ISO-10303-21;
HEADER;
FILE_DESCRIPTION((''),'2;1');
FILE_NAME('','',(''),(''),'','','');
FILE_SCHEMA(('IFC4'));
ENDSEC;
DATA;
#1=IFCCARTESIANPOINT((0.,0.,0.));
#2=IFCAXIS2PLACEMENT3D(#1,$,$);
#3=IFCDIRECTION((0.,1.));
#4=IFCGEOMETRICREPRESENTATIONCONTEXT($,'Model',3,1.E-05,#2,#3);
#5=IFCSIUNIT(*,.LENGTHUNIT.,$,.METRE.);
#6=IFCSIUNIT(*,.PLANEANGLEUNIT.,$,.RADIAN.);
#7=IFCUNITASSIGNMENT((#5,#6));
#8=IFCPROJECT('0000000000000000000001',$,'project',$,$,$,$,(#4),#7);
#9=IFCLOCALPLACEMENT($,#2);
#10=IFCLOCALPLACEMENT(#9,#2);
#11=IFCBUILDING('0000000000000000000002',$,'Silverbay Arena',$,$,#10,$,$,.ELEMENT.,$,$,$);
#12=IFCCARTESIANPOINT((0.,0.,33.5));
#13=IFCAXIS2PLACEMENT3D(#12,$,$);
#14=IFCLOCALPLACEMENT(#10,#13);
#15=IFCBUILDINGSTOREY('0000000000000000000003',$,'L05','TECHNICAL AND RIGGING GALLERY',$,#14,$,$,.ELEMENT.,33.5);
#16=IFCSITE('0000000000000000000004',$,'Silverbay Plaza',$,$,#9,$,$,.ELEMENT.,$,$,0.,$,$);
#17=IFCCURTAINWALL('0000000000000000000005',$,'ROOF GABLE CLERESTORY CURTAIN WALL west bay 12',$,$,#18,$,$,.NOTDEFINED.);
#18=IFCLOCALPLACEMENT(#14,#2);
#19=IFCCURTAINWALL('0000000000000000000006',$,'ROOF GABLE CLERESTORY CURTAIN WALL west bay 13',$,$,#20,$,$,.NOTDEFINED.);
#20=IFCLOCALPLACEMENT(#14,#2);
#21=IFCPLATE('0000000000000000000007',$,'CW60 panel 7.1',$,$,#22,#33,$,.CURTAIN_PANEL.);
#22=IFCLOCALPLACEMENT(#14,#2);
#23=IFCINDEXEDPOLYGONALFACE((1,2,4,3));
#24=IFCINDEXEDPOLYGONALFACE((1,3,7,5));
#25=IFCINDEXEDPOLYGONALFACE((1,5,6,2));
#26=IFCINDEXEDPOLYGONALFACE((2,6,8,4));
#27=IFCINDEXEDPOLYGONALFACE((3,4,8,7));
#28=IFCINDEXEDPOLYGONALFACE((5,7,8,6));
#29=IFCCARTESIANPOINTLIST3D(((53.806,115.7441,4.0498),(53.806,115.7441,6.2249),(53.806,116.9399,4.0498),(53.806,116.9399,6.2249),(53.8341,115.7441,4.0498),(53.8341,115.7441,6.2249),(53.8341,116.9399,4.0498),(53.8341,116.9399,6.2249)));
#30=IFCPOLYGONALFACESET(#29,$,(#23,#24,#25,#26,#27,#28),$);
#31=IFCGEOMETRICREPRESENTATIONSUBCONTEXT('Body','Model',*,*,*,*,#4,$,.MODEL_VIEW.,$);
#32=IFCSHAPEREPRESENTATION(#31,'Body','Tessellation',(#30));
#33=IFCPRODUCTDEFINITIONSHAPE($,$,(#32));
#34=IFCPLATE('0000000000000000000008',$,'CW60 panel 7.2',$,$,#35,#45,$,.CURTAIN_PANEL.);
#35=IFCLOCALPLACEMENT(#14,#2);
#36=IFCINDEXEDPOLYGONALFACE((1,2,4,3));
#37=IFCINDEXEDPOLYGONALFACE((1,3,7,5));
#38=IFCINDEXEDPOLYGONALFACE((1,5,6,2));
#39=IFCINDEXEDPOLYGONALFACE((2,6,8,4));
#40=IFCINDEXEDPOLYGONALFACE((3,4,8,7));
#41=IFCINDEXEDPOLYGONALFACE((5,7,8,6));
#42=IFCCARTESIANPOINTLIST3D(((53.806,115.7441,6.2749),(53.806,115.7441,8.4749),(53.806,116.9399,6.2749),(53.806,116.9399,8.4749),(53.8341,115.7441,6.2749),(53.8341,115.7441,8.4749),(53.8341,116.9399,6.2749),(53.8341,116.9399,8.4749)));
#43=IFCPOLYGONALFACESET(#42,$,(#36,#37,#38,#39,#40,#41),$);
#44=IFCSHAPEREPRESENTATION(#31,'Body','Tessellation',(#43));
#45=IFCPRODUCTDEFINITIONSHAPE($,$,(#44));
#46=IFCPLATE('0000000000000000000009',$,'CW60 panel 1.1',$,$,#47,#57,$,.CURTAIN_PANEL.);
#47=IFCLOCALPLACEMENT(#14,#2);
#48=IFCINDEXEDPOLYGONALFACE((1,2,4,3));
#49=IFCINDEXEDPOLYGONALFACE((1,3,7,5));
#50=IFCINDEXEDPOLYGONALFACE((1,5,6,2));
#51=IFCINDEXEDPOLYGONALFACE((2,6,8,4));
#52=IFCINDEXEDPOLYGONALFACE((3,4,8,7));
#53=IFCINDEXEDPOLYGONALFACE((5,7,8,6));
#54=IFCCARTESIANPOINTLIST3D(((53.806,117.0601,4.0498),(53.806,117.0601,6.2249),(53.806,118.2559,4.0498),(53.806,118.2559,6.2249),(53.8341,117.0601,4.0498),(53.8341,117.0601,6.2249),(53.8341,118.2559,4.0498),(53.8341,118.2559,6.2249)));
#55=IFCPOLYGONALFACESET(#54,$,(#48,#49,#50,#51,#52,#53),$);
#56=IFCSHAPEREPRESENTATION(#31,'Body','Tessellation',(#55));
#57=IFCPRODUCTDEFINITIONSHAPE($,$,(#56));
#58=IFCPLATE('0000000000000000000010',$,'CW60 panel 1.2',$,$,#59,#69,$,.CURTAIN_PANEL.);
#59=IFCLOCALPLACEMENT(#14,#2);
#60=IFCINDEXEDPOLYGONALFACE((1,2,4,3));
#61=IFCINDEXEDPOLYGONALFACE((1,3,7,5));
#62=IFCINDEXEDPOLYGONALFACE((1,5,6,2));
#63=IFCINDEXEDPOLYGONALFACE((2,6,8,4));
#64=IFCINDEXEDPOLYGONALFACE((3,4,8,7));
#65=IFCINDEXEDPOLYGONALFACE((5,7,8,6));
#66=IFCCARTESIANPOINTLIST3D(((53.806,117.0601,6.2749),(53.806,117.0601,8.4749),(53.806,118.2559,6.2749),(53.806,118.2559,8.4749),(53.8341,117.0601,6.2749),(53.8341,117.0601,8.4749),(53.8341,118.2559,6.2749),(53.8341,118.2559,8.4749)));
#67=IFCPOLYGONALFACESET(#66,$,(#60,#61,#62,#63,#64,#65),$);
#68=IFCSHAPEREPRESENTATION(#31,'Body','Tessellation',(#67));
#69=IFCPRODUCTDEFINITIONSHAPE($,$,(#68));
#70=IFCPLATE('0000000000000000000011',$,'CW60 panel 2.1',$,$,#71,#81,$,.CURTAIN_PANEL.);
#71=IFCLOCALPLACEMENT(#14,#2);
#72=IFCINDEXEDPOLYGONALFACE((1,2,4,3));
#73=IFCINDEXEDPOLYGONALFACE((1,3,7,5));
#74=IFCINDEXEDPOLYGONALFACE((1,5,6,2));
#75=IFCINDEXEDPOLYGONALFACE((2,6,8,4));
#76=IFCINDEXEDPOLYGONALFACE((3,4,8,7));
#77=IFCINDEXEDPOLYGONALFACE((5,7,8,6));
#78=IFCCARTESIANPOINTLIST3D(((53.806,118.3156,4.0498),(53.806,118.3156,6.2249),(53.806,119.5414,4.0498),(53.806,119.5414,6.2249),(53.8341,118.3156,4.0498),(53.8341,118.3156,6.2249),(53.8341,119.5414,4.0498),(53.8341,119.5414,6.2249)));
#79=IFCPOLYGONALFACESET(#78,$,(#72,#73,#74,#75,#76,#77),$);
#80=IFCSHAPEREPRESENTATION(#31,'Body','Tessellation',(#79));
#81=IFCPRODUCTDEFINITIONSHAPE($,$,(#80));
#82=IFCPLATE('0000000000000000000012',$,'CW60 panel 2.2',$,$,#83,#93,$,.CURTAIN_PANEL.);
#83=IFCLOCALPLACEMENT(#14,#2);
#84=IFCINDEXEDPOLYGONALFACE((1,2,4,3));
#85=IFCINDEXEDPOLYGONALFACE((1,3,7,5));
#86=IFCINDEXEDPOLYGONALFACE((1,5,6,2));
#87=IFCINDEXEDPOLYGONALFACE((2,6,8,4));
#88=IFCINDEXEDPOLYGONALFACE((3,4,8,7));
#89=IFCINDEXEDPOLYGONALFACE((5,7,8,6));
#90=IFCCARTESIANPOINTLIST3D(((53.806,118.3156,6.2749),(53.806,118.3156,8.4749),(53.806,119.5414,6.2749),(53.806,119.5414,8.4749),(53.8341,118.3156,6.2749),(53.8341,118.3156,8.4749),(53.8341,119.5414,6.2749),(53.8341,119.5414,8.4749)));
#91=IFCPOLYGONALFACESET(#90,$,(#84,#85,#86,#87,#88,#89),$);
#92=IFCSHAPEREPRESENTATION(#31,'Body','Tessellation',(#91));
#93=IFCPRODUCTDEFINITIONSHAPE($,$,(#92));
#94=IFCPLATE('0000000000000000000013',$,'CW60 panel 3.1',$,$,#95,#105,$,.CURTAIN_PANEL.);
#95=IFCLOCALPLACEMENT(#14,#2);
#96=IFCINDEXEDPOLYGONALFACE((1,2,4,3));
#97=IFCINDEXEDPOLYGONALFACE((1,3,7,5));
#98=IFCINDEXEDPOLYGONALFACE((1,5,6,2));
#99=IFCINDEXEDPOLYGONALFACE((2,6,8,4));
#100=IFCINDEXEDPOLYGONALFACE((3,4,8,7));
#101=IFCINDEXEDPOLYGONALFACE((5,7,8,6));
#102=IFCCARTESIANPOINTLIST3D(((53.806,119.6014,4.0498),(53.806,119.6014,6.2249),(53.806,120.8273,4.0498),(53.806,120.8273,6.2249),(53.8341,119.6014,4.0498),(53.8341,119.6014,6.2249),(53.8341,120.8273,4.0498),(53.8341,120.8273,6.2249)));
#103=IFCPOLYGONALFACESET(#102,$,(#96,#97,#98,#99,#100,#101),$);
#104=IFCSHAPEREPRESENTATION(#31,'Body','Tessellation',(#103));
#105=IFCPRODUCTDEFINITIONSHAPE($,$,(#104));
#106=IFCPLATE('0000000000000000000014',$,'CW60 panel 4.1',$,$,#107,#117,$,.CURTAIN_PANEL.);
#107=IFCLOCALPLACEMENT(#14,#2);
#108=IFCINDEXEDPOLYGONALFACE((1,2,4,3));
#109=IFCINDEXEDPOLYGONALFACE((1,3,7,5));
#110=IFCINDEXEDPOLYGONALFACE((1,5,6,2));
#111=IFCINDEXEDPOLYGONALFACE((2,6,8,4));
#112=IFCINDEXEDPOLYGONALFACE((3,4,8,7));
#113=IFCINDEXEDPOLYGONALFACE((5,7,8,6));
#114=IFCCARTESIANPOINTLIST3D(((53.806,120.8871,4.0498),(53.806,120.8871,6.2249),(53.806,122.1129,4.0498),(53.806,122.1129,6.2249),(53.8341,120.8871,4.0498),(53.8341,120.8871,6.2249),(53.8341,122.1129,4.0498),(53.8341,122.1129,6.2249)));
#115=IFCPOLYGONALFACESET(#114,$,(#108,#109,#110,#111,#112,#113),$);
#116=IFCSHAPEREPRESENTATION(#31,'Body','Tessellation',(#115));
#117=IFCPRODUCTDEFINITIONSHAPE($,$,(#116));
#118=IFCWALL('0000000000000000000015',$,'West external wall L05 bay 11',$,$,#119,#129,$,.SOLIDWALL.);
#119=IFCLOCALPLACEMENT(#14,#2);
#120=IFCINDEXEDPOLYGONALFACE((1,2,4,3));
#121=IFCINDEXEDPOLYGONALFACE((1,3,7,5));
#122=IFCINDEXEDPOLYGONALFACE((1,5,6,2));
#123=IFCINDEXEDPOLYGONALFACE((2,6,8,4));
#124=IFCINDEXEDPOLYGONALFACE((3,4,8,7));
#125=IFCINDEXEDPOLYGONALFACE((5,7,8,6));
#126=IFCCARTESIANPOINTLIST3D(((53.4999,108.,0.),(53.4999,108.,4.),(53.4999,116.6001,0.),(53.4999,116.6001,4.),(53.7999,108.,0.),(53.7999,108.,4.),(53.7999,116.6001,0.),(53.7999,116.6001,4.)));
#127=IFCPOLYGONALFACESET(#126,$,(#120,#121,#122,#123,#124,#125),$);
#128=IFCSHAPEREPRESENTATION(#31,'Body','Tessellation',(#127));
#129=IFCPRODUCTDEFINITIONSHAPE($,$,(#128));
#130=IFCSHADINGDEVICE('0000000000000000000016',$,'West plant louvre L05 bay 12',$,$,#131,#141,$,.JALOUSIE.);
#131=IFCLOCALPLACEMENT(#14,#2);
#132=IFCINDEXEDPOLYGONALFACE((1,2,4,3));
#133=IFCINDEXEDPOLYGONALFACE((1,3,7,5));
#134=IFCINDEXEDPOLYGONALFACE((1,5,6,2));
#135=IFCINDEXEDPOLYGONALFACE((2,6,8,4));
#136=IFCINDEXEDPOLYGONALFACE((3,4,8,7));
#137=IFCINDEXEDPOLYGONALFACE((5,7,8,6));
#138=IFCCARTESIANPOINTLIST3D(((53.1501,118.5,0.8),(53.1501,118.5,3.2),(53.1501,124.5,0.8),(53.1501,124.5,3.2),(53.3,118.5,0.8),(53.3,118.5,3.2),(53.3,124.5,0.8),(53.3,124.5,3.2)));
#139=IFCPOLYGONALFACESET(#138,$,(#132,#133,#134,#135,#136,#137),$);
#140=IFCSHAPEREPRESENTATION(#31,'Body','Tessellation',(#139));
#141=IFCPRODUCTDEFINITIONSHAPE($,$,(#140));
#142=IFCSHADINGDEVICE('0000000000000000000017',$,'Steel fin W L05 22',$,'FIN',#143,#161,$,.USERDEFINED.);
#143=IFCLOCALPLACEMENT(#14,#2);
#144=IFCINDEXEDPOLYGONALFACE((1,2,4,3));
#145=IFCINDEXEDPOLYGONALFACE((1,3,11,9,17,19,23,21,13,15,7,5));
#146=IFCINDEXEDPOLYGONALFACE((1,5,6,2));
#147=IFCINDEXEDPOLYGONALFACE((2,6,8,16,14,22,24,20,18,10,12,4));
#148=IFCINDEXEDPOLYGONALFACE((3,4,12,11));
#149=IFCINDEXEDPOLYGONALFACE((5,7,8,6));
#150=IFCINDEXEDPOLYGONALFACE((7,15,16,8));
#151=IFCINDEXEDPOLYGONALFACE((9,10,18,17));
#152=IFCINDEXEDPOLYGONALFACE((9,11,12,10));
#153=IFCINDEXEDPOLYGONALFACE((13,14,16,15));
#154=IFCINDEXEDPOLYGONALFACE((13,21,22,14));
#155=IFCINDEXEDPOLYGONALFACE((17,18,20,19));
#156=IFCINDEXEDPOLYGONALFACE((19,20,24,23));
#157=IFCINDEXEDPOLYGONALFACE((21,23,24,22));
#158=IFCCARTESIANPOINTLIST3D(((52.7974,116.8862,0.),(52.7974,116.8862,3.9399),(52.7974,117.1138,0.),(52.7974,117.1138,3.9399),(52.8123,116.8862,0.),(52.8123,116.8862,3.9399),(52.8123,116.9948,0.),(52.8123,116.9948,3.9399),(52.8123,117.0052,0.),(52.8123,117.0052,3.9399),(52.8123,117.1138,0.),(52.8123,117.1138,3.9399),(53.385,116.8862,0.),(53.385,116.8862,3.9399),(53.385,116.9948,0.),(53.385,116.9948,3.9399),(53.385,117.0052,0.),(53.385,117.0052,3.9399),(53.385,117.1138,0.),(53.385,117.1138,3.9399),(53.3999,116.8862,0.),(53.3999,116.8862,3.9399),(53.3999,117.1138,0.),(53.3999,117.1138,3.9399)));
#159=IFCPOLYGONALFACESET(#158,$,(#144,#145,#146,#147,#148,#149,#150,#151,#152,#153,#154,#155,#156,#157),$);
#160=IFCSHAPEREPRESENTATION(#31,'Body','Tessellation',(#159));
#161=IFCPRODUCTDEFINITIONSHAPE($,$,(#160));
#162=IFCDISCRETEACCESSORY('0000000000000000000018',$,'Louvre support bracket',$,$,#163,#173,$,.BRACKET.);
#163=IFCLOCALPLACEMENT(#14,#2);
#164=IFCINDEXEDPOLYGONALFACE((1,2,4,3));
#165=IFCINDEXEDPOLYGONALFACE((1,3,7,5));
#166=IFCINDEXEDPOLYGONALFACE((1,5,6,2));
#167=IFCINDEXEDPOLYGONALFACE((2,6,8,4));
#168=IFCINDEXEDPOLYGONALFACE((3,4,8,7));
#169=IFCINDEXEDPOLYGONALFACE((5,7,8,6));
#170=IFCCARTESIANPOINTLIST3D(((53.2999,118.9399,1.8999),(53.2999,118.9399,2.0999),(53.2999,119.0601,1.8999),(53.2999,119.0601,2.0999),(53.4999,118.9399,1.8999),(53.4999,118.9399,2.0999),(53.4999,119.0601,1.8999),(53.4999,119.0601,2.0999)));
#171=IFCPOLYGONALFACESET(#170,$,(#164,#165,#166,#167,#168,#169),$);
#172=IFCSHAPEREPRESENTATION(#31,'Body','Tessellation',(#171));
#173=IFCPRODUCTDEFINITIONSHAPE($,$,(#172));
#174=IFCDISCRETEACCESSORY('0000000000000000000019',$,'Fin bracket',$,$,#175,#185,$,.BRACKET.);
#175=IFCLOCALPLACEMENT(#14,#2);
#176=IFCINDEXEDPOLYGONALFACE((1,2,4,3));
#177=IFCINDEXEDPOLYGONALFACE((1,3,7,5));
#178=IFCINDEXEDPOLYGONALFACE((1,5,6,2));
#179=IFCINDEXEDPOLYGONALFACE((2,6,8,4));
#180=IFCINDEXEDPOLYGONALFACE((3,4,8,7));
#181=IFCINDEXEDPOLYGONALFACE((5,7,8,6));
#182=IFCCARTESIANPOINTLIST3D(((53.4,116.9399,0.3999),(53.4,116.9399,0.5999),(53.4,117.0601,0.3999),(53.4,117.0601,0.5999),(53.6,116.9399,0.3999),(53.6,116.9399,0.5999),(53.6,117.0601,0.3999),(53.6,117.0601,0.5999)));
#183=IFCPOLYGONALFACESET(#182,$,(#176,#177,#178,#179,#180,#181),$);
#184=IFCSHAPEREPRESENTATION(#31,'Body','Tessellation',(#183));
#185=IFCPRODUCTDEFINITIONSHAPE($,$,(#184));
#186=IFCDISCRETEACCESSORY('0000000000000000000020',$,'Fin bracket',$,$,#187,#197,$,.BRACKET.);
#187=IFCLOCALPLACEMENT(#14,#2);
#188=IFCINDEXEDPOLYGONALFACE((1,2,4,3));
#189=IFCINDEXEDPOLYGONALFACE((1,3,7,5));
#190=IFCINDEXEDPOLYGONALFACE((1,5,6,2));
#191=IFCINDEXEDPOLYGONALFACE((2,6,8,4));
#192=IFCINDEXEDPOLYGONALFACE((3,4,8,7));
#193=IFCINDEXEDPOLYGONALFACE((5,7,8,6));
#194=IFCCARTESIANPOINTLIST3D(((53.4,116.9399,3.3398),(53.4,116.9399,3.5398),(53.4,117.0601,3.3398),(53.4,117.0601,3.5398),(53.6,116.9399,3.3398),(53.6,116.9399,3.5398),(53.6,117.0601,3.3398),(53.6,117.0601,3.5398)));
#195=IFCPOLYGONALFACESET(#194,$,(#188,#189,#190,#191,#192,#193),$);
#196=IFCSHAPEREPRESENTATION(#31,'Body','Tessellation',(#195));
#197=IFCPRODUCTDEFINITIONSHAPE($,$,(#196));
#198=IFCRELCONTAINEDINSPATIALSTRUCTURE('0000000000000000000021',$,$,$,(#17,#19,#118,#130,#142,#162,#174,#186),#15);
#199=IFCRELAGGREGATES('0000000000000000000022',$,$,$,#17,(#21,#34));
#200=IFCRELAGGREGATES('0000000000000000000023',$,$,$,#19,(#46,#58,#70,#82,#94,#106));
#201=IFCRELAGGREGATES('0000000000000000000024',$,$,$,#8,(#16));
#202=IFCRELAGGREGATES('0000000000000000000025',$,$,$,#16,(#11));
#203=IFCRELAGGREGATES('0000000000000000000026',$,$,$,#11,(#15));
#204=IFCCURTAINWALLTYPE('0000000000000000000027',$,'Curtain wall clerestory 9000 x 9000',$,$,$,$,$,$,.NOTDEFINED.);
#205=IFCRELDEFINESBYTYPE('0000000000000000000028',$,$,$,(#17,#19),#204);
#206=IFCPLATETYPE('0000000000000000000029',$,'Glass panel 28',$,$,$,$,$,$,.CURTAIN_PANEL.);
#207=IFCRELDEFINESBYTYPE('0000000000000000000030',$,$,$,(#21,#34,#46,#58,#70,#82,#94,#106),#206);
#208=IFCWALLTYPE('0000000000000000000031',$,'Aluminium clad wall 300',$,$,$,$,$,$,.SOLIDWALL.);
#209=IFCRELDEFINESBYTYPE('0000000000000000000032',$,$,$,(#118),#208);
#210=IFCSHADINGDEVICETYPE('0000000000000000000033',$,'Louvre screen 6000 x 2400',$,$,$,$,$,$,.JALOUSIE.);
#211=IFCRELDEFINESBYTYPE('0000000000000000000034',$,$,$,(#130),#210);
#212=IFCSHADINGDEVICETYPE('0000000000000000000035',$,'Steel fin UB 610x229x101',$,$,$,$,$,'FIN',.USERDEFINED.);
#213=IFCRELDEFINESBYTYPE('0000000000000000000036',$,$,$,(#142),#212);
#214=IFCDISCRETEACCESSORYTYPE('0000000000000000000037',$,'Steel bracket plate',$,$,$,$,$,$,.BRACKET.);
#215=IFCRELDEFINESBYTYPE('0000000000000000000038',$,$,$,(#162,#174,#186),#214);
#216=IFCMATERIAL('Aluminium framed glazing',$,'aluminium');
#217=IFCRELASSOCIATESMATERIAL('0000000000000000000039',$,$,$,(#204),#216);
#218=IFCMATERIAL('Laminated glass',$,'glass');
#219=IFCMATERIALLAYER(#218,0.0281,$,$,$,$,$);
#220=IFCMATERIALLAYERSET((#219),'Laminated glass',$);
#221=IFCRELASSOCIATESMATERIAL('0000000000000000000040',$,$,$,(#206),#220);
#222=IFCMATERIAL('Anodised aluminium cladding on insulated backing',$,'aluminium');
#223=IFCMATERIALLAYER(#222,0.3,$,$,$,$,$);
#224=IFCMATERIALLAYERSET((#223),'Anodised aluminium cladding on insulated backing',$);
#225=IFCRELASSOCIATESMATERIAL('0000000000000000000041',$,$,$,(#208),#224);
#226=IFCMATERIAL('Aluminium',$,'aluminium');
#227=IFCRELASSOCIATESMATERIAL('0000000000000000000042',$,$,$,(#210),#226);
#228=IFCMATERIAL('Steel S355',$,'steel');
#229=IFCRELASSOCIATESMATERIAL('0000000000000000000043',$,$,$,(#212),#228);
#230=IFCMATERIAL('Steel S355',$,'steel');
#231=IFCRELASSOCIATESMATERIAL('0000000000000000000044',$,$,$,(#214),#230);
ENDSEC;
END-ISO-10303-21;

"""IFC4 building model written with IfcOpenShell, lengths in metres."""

from ifc_helpers import new_model, si_unit, direction, frame, frame_2d, origin, origin_2d, place, context, subcontext, project, spatial, rectangle, i_section, extrude, material, layer, layer_set, material_profile, profile_set, type_object, element, aggregate, save


model = new_model("IFC4")

# Units and contexts
model_context = context("Model", 3, precision=1e-05, world=origin(), true_north=direction((0.0, 1.0)))
body_context = subcontext(model_context, "Body", "Model", "MODEL_VIEW")
ifc_project = project(units=[si_unit("LENGTHUNIT", "METRE"), si_unit("PLANEANGLEUNIT", "RADIAN")], contexts=[model_context])

# Site, building, storey
site_placement = place(None, origin())
site = spatial("IfcSite", under=ifc_project, at=site_placement, Name="Silverbay Plaza", CompositionType="ELEMENT", RefElevation=0.0)
building_placement = place(site_placement, origin())
building = spatial("IfcBuilding", under=site, at=building_placement, Name="Silverbay Arena", CompositionType="ELEMENT")
storey_placement = place(building_placement, frame((0.0, 0.0, 33.5)))
storey = spatial("IfcBuildingStorey", under=building, at=storey_placement, Name="L05", Description="TECHNICAL AND RIGGING GALLERY", CompositionType="ELEMENT", Elevation=33.5)

# Curtain wall
ifc_material_1 = material(Name="Aluminium framed glazing", Category="aluminium")
curtain_wall_type = type_object("IfcCurtainWallType", Name="Curtain wall clerestory 9000 x 9000", PredefinedType="NOTDEFINED", material=ifc_material_1)
curtain_wall_1_placement = place(storey_placement, origin())
curtain_wall_1 = element("IfcCurtainWall", 1, at=curtain_wall_1_placement, inside=storey, type_object=curtain_wall_type, Name="ROOF GABLE CLERESTORY CURTAIN WALL west bay 12", PredefinedType="NOTDEFINED")

# Curtain wall
curtain_wall_2_placement = place(storey_placement, origin())
curtain_wall_2 = element("IfcCurtainWall", 2, at=curtain_wall_2_placement, inside=storey, type_object=curtain_wall_type, Name="ROOF GABLE CLERESTORY CURTAIN WALL west bay 13", PredefinedType="NOTDEFINED")

# Plates
ifc_material_2 = material(Name="Laminated glass", Category="glass")
ifc_layer_1 = layer(ifc_material_2, 0.0281)
ifc_layer_set_1 = layer_set([ifc_layer_1], Name="Laminated glass")
plate_type = type_object("IfcPlateType", Name="Glass panel 28", PredefinedType="CURTAIN_PANEL", material=ifc_layer_set_1)
plate_1_placement = place(storey_placement, frame((53.8201, 116.342, 4.0498), z_axis=(0.0, 0.0, 1.0), x_axis=(0.0, 1.0, 0.0)))
plate_1 = element("IfcPlate", 3, at=plate_1_placement, type_object=plate_type, Name="CW60 panel 7.1", PredefinedType="CURTAIN_PANEL", context=body_context, shape_type="SweptSolid", body=[
    extrude(rectangle(XDim=1.1958, YDim=0.0281, at=origin_2d()), origin(), (0.0, 0.0, 1.0), 2.175),
])
plate_2_placement = place(storey_placement, frame((53.8201, 116.342, 6.2749), z_axis=(0.0, 0.0, 1.0), x_axis=(0.0, 1.0, 0.0)))
plate_2 = element("IfcPlate", 4, at=plate_2_placement, type_object=plate_type, Name="CW60 panel 7.2", PredefinedType="CURTAIN_PANEL", context=body_context, shape_type="SweptSolid", body=[
    extrude(rectangle(XDim=1.1958, YDim=0.0281, at=origin_2d()), origin(), (0.0, 0.0, 1.0), 2.2),
])
aggregate(curtain_wall_1, [plate_1, plate_2])
plate_3_placement = place(storey_placement, frame((53.8201, 117.658, 4.0498), z_axis=(0.0, 0.0, 1.0), x_axis=(0.0, 1.0, 0.0)))
plate_3 = element("IfcPlate", 5, at=plate_3_placement, type_object=plate_type, Name="CW60 panel 1.1", PredefinedType="CURTAIN_PANEL", context=body_context, shape_type="SweptSolid", body=[
    extrude(rectangle(XDim=1.1958, YDim=0.0281, at=origin_2d()), origin(), (0.0, 0.0, 1.0), 2.175),
])
plate_4_placement = place(storey_placement, frame((53.8201, 117.658, 6.2749), z_axis=(0.0, 0.0, 1.0), x_axis=(0.0, 1.0, 0.0)))
plate_4 = element("IfcPlate", 6, at=plate_4_placement, type_object=plate_type, Name="CW60 panel 1.2", PredefinedType="CURTAIN_PANEL", context=body_context, shape_type="SweptSolid", body=[
    extrude(rectangle(XDim=1.1958, YDim=0.0281, at=origin_2d()), origin(), (0.0, 0.0, 1.0), 2.2),
])
plate_5_placement = place(storey_placement, frame((53.8201, 118.9285, 4.0498), z_axis=(0.0, 0.0, 1.0), x_axis=(0.0, 1.0, 0.0)))
plate_5 = element("IfcPlate", 7, at=plate_5_placement, type_object=plate_type, Name="CW60 panel 2.1", PredefinedType="CURTAIN_PANEL", context=body_context, shape_type="SweptSolid", body=[
    extrude(rectangle(XDim=1.2258, YDim=0.0281, at=origin_2d()), origin(), (0.0, 0.0, 1.0), 2.175),
])
plate_6_placement = place(storey_placement, frame((53.8201, 118.9285, 6.2749), z_axis=(0.0, 0.0, 1.0), x_axis=(0.0, 1.0, 0.0)))
plate_6 = element("IfcPlate", 8, at=plate_6_placement, type_object=plate_type, Name="CW60 panel 2.2", PredefinedType="CURTAIN_PANEL", context=body_context, shape_type="SweptSolid", body=[
    extrude(rectangle(XDim=1.2258, YDim=0.0281, at=origin_2d()), origin(), (0.0, 0.0, 1.0), 2.2),
])
plate_7_placement = place(storey_placement, frame((53.8201, 120.2144, 4.0498), z_axis=(0.0, 0.0, 1.0), x_axis=(0.0, 1.0, 0.0)))
plate_7 = element("IfcPlate", 9, at=plate_7_placement, type_object=plate_type, Name="CW60 panel 3.1", PredefinedType="CURTAIN_PANEL", context=body_context, shape_type="SweptSolid", body=[
    extrude(rectangle(XDim=1.2258, YDim=0.0281, at=origin_2d()), origin(), (0.0, 0.0, 1.0), 2.175),
])
plate_8_placement = place(storey_placement, frame((53.8201, 121.5, 4.0498), z_axis=(0.0, 0.0, 1.0), x_axis=(0.0, 1.0, 0.0)))
plate_8 = element("IfcPlate", 10, at=plate_8_placement, type_object=plate_type, Name="CW60 panel 4.1", PredefinedType="CURTAIN_PANEL", context=body_context, shape_type="SweptSolid", body=[
    extrude(rectangle(XDim=1.2258, YDim=0.0281, at=origin_2d()), origin(), (0.0, 0.0, 1.0), 2.175),
])
aggregate(curtain_wall_2, [plate_3, plate_4, plate_5, plate_6, plate_7, plate_8])

# Wall
ifc_material_3 = material(Name="Anodised aluminium cladding on insulated backing", Category="aluminium")
ifc_layer_2 = layer(ifc_material_3, 0.3)
ifc_layer_set_2 = layer_set([ifc_layer_2], Name="Anodised aluminium cladding on insulated backing")
wall_type = type_object("IfcWallType", Name="Aluminium clad wall 300", PredefinedType="SOLIDWALL", material=ifc_layer_set_2)
wall_placement = place(storey_placement, frame((53.6499, 116.6001, 0.0), z_axis=(0.0, 0.0, 1.0), x_axis=(0.0, -1.0, 0.0)))
element("IfcWall", 11, at=wall_placement, inside=storey, type_object=wall_type, Name="West external wall L05 bay 11", PredefinedType="SOLIDWALL", context=body_context, shape_type="SweptSolid", body=[
    extrude(rectangle(XDim=8.6001, YDim=0.3, at=frame_2d((4.3, 0.0))), origin(), (0.0, 0.0, 1.0), 4.0),
])

# Shading devices
ifc_material_4 = material(Name="Aluminium", Category="aluminium")
shading_device_type_1 = type_object("IfcShadingDeviceType", Name="Louvre screen 6000 x 2400", PredefinedType="JALOUSIE", material=ifc_material_4)
shading_device_1_placement = place(storey_placement, frame((53.2251, 121.5, 0.8), z_axis=(0.0, 0.0, 1.0), x_axis=(0.0, 1.0, 0.0)))
element("IfcShadingDevice", 12, at=shading_device_1_placement, inside=storey, type_object=shading_device_type_1, Name="West plant louvre L05 bay 12", PredefinedType="JALOUSIE", context=body_context, shape_type="SweptSolid", body=[
    extrude(rectangle(XDim=6.0, YDim=0.1499, at=origin_2d()), origin(), (0.0, 0.0, 1.0), 2.3999),
])
ifc_material_5 = material(Name="Steel S355", Category="steel")
ifc_material_profile_1 = material_profile(ifc_material_5, i_section(OverallWidth=0.2275, OverallDepth=0.6025, WebThickness=0.0105, FlangeThickness=0.0149, at=origin_2d()), Name="UB 610x229x101")
ifc_profile_set_1 = profile_set([ifc_material_profile_1], Name="Steel S355")
shading_device_type_2 = type_object("IfcShadingDeviceType", Name="Steel fin UB 610x229x101", ElementType="FIN", PredefinedType="USERDEFINED", material=ifc_profile_set_1)
shading_device_2_placement = place(storey_placement, frame((53.0986, 117.0, 0.0), z_axis=(0.0, 0.0, 1.0), x_axis=(0.0, 1.0, 0.0)))
element("IfcShadingDevice", 13, at=shading_device_2_placement, inside=storey, type_object=shading_device_type_2, Name="Steel fin W L05 22", ObjectType="FIN", PredefinedType="USERDEFINED", context=body_context, shape_type="SweptSolid", body=[
    extrude(i_section(OverallWidth=0.2275, OverallDepth=0.6025, WebThickness=0.0105, FlangeThickness=0.0149, at=origin_2d()), origin(), (0.0, 0.0, 1.0), 3.9399),
])

# Discrete accessories
ifc_material_6 = material(Name="Steel S355", Category="steel")
discrete_accessory_type = type_object("IfcDiscreteAccessoryType", Name="Steel bracket plate", PredefinedType="BRACKET", material=ifc_material_6)
discrete_accessory_placement = place(storey_placement, frame((53.3999, 119.0, 1.8999), z_axis=(0.0, 0.0, 1.0), x_axis=(0.0, 1.0, 0.0)))
element("IfcDiscreteAccessory", 14, at=discrete_accessory_placement, inside=storey, type_object=discrete_accessory_type, Name="Louvre support bracket", PredefinedType="BRACKET", context=body_context, shape_type="SweptSolid", body=[
    extrude(rectangle(XDim=0.1201, YDim=0.2, at=origin_2d()), origin(), (0.0, 0.0, 1.0), 0.2),
])
for number, where, z_axis, x_axis, name in (
    (15, (53.5, 117.0, 0.3999), (0.0, 0.0, 1.0), (1.0, 0.0, 0.0), "Fin bracket"),
    (16, (53.5, 117.0, 3.3398), (0.0, 0.0, 1.0), (1.0, 0.0, 0.0), "Fin bracket"),
):
    element("IfcDiscreteAccessory", number, at=place(storey_placement, frame(where, z_axis=z_axis, x_axis=x_axis)), inside=storey, type_object=discrete_accessory_type, Name=name, PredefinedType="BRACKET", context=body_context, shape_type="SweptSolid", body=[
        extrude(rectangle(XDim=0.2, YDim=0.1201, at=origin_2d()), origin(), (0.0, 0.0, 1.0), 0.2),
    ])

save(model, "model.ifc")
